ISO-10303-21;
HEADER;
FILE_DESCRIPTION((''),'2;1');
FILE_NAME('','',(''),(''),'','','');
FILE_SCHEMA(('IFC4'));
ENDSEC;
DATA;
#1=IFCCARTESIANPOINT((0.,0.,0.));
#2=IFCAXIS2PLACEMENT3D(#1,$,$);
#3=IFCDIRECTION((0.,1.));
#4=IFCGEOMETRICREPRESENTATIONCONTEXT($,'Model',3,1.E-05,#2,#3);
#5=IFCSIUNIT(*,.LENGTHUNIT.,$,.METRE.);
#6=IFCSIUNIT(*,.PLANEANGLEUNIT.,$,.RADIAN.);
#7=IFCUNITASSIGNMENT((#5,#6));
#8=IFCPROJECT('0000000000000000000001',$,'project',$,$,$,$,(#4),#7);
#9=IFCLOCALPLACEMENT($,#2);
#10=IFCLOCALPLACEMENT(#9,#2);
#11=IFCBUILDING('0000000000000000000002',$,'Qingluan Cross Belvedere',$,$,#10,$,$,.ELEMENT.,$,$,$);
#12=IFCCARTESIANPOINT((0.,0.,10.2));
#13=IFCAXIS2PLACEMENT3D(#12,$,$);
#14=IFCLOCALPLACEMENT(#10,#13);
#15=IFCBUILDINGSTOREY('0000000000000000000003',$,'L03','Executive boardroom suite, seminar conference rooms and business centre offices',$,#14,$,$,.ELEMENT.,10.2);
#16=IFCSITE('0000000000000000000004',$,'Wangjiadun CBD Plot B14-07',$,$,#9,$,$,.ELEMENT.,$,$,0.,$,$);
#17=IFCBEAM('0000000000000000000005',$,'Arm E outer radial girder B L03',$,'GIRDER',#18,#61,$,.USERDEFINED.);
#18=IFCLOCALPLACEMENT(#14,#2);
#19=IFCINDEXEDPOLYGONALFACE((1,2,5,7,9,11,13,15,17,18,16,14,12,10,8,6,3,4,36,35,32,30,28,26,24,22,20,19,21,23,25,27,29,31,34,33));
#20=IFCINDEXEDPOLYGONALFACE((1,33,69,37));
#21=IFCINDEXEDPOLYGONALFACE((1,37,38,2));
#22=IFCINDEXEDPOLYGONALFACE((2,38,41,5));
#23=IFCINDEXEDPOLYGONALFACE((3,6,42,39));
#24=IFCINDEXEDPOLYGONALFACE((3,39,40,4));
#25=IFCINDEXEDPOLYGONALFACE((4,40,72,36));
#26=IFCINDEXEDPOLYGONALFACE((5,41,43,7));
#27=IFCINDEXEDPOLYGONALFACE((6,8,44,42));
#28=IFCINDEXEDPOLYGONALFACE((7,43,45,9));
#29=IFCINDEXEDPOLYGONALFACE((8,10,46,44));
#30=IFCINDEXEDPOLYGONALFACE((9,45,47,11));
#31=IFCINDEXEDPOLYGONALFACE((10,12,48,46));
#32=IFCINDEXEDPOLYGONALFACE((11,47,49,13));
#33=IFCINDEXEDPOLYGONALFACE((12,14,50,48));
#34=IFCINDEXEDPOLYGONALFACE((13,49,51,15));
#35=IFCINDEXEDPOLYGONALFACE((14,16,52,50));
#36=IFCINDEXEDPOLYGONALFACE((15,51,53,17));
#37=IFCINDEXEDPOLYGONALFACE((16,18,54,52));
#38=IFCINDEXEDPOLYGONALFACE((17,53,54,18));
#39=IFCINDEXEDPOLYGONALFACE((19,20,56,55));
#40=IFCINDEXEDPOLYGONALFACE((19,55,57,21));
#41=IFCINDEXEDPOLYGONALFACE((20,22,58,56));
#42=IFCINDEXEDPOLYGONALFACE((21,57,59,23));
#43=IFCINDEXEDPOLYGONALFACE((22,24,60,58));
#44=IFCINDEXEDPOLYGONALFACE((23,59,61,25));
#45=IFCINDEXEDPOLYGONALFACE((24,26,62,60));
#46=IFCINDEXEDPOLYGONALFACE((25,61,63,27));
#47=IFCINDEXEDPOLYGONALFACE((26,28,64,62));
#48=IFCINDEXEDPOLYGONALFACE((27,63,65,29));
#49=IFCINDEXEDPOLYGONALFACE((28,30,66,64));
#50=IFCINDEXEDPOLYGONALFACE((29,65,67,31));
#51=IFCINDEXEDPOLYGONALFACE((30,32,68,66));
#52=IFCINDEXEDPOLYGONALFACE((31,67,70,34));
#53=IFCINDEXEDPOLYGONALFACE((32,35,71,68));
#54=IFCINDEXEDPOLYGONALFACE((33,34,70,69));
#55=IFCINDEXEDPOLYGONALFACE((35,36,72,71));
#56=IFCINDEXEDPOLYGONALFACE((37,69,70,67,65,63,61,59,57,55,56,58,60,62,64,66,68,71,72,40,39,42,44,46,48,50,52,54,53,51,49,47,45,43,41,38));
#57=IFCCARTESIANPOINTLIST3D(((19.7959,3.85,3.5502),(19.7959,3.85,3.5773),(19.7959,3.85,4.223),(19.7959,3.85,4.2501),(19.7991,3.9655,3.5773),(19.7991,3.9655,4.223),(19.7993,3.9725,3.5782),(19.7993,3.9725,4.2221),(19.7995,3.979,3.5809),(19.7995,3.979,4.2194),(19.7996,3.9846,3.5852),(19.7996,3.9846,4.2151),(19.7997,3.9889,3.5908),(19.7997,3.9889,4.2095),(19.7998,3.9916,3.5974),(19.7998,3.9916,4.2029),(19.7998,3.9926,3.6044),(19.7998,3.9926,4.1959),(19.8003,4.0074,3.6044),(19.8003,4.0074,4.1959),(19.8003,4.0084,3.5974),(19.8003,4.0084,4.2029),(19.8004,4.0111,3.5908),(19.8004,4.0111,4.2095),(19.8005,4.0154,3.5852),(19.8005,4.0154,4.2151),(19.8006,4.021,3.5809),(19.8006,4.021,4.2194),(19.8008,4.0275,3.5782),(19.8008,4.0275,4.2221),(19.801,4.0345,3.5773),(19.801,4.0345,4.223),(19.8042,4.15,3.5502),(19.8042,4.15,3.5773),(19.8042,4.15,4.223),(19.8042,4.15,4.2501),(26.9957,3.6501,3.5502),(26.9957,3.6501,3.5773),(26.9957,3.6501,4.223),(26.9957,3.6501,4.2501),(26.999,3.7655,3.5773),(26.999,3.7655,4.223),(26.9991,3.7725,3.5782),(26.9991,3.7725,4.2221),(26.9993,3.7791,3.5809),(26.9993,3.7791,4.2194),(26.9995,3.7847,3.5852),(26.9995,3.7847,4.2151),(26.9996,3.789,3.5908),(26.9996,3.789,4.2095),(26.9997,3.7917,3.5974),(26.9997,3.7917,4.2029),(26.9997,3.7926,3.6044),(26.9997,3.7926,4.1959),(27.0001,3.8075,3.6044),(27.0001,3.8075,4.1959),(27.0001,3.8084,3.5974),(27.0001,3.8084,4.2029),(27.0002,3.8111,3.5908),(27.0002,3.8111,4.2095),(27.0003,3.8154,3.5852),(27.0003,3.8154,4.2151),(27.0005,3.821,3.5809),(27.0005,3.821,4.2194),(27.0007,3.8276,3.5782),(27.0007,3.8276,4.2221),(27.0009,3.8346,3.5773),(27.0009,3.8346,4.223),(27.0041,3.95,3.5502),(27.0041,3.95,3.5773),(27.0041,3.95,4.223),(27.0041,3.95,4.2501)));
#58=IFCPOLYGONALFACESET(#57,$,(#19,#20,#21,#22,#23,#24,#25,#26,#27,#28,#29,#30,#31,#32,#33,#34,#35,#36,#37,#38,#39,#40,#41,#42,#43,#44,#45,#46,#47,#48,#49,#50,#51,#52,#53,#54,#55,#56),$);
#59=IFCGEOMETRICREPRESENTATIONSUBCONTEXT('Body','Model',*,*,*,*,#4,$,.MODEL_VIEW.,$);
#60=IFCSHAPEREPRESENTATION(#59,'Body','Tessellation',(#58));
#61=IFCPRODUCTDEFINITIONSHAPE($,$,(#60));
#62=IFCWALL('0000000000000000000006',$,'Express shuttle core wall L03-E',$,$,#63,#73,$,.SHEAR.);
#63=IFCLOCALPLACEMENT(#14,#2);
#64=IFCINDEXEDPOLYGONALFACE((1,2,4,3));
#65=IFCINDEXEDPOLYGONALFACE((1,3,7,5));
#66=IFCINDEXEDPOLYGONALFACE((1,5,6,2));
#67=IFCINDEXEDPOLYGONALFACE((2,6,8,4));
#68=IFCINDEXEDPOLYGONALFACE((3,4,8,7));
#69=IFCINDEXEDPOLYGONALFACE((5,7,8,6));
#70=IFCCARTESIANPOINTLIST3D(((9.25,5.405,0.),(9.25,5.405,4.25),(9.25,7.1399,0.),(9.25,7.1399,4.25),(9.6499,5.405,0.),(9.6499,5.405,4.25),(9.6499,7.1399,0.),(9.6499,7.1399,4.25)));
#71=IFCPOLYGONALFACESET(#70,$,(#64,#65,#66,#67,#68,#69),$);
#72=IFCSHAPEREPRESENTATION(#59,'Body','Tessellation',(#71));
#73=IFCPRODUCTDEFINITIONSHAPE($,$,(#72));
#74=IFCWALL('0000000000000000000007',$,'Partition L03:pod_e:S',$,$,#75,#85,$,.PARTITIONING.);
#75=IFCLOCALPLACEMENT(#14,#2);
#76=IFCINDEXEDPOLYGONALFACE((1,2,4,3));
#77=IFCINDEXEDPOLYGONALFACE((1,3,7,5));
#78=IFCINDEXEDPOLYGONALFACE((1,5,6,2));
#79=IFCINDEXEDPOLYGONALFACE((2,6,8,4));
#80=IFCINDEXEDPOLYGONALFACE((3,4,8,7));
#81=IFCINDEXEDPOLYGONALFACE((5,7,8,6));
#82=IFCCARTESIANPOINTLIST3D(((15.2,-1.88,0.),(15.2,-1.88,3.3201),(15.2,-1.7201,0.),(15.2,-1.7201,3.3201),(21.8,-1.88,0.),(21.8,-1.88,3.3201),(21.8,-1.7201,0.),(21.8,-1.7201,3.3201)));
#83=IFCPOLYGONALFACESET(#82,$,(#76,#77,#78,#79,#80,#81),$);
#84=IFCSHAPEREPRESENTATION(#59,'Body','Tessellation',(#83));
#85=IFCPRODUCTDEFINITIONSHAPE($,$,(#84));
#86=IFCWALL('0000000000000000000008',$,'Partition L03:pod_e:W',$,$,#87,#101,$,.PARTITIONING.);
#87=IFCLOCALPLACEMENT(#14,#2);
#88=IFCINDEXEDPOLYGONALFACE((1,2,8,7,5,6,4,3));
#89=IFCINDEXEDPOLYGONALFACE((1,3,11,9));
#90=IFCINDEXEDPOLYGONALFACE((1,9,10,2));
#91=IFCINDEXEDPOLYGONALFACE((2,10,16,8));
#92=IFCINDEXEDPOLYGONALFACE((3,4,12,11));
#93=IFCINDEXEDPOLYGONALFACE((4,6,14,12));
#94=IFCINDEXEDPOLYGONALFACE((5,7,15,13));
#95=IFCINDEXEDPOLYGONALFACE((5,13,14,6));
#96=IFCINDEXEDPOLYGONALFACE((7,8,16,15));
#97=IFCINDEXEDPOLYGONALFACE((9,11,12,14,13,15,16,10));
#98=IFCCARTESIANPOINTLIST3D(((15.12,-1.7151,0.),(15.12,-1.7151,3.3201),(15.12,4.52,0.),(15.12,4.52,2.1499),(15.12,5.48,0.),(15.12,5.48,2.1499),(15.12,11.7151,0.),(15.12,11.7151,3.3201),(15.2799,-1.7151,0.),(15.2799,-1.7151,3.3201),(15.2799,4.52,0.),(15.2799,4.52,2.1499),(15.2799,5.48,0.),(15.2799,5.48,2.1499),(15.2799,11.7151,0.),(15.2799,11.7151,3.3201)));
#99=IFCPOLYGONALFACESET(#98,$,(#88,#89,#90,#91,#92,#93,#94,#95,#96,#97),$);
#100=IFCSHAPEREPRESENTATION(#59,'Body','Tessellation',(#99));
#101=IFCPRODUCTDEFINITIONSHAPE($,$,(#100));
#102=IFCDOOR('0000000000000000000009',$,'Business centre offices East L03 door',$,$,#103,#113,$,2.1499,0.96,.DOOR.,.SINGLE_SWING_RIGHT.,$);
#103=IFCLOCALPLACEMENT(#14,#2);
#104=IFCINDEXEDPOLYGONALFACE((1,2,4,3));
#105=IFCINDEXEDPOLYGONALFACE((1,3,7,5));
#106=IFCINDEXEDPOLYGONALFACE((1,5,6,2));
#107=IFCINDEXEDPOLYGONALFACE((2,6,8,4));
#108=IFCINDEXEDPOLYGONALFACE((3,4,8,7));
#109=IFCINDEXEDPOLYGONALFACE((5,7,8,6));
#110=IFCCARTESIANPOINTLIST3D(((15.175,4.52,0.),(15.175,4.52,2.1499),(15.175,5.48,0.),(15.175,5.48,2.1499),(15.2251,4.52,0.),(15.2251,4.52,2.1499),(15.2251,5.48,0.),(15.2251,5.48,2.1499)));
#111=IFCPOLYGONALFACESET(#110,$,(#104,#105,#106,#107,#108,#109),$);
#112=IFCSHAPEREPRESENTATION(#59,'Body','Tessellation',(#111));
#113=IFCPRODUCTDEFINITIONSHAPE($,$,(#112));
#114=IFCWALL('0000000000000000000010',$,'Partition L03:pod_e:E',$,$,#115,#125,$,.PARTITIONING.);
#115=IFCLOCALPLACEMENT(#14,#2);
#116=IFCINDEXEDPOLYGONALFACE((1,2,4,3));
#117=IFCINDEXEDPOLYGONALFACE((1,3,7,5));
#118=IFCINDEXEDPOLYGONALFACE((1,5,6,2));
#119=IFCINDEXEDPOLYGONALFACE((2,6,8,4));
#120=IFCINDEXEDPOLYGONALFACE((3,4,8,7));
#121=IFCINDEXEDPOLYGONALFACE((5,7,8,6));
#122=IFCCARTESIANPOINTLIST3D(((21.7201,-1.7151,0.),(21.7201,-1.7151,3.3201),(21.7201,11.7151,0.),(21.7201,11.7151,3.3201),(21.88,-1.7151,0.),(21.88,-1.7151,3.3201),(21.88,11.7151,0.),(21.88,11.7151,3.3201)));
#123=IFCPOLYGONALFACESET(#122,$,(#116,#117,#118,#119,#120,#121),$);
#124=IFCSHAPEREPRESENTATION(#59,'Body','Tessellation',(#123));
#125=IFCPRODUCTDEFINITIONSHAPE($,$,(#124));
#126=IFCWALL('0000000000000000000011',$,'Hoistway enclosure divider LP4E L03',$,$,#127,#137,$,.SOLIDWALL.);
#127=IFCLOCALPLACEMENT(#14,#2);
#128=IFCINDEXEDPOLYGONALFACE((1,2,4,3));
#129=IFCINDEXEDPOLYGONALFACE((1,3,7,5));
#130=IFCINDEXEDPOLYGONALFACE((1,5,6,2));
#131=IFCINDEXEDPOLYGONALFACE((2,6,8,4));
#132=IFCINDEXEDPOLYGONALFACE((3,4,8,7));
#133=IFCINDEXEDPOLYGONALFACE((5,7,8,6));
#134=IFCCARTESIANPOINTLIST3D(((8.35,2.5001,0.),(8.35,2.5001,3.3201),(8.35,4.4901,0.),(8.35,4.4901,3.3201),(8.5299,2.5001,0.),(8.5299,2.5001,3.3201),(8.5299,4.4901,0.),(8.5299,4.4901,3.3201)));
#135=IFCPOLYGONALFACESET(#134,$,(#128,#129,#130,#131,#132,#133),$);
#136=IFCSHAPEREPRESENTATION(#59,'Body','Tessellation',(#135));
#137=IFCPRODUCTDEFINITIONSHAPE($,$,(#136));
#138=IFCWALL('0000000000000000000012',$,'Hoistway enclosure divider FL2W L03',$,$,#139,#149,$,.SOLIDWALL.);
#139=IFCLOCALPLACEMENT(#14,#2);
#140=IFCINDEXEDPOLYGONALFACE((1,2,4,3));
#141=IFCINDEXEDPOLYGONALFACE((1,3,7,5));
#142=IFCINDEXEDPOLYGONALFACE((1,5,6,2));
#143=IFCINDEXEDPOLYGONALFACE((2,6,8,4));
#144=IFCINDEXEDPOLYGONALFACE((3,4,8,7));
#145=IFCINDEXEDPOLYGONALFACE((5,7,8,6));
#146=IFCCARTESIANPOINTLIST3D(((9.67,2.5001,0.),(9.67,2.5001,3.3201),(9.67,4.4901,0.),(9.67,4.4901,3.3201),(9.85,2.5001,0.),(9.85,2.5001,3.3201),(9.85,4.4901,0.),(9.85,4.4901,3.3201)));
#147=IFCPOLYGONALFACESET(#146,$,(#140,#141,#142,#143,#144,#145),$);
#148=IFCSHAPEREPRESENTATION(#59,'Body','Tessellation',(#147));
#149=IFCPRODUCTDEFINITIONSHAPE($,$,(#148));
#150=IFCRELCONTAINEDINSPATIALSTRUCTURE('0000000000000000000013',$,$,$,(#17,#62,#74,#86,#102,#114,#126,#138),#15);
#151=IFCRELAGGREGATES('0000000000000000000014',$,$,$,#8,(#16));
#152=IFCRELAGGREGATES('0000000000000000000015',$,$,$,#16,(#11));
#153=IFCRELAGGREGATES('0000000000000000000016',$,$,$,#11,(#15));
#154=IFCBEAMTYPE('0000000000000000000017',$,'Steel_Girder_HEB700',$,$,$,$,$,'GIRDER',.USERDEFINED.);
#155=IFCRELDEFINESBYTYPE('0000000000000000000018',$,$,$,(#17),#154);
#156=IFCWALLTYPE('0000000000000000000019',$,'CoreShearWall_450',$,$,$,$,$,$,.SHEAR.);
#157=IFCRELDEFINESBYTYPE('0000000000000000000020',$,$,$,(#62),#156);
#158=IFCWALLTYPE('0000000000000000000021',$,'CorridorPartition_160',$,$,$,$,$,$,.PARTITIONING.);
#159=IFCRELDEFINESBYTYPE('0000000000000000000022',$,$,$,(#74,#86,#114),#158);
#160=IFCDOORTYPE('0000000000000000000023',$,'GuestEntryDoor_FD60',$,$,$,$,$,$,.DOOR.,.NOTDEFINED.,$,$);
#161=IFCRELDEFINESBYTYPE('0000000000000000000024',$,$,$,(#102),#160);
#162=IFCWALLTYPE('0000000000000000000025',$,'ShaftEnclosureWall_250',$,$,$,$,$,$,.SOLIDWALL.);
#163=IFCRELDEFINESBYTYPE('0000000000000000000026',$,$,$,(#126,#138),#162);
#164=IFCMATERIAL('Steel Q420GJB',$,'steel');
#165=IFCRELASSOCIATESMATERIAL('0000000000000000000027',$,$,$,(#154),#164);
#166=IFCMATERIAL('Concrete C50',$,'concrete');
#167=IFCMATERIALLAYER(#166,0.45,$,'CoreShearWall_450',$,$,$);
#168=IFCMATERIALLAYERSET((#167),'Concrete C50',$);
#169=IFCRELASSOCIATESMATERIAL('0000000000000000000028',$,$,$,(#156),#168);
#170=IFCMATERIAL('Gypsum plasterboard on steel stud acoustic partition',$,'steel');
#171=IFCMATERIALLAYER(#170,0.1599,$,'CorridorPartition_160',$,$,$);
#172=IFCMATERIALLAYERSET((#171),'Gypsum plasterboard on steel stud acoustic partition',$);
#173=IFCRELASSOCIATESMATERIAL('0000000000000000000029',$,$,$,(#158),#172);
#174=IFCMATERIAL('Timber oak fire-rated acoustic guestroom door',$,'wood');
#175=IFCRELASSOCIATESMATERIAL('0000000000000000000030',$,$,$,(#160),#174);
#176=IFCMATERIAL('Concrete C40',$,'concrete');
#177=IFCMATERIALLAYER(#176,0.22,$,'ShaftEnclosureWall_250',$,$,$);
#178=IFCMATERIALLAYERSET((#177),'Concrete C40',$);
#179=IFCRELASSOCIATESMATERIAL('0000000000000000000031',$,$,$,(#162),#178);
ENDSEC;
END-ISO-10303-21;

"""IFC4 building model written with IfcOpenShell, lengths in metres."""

from ifc_helpers import new_model, si_unit, direction, frame, frame_2d, origin, origin_2d, place, context, subcontext, project, spatial, rectangle, i_section, extrude, material, layer, layer_set, material_profile, profile_set, type_object, element, fill, save


model = new_model("IFC4")

# Units and contexts
model_context = context("Model", 3, precision=1e-05, world=origin(), true_north=direction((0.0, 1.0)))
body_context = subcontext(model_context, "Body", "Model", "MODEL_VIEW")
ifc_project = project(units=[si_unit("LENGTHUNIT", "METRE"), si_unit("PLANEANGLEUNIT", "RADIAN")], contexts=[model_context])

# Site, building, storey
site_placement = place(None, origin())
site = spatial("IfcSite", under=ifc_project, at=site_placement, Name="Wangjiadun CBD Plot B14-07", CompositionType="ELEMENT", RefElevation=0.0)
building_placement = place(site_placement, origin())
building = spatial("IfcBuilding", under=site, at=building_placement, Name="Qingluan Cross Belvedere", CompositionType="ELEMENT")
storey_placement = place(building_placement, frame((0.0, 0.0, 10.2)))
storey = spatial("IfcBuildingStorey", under=building, at=storey_placement, Name="L03", Description="Executive boardroom suite, seminar conference rooms and business centre offices", CompositionType="ELEMENT", Elevation=10.2)

# Beam
ifc_material_1 = material(Name="Steel Q420GJB", Category="steel")
ifc_material_profile_1 = material_profile(ifc_material_1, i_section(OverallWidth=0.3, OverallDepth=0.7, WebThickness=0.0149, FlangeThickness=0.0271, FilletRadius=0.0271, at=origin_2d()), Name="HEB700")
ifc_profile_set_1 = profile_set([ifc_material_profile_1], Name="Steel Q420GJB")
beam_type = type_object("IfcBeamType", Name="Steel_Girder_HEB700", ElementType="GIRDER", PredefinedType="USERDEFINED", material=ifc_profile_set_1)
beam_1_placement = place(storey_placement, frame((19.8, 4.0, 3.9001), z_axis=(0.999615, -0.02776, 0.0), x_axis=(0.02776, 0.999615, 0.0)))
element("IfcBeam", 1, at=beam_1_placement, inside=storey, type_object=beam_type, Name="Arm E outer radial girder B L03", ObjectType="GIRDER", PredefinedType="USERDEFINED", context=body_context, shape_type="SweptSolid", body=[
    extrude(i_section(OverallWidth=0.3, OverallDepth=0.7, WebThickness=0.0149, FlangeThickness=0.0271, FilletRadius=0.0271, at=origin_2d()), origin(), (0.0, 0.0, 1.0), 7.2026),
])

# Walls
ifc_material_2 = material(Name="Concrete C50", Category="concrete")
ifc_layer_1 = layer(ifc_material_2, 0.45, Name="CoreShearWall_450")
ifc_layer_set_1 = layer_set([ifc_layer_1], Name="Concrete C50")
wall_type_1 = type_object("IfcWallType", Name="CoreShearWall_450", PredefinedType="SHEAR", material=ifc_layer_set_1)
wall_1_placement = place(storey_placement, frame((9.45, 5.405, 0.0), z_axis=(0.0, 0.0, 1.0), x_axis=(0.0, 1.0, 0.0)))
element("IfcWall", 2, at=wall_1_placement, inside=storey, type_object=wall_type_1, Name="Express shuttle core wall L03-E", PredefinedType="SHEAR", context=body_context, shape_type="SweptSolid", body=[
    extrude(rectangle(XDim=1.7349, YDim=0.3999, at=frame_2d((0.8674, 0.0))), origin(), (0.0, 0.0, 1.0), 4.25),
])
ifc_material_3 = material(Name="Gypsum plasterboard on steel stud acoustic partition", Category="steel")
ifc_layer_2 = layer(ifc_material_3, 0.1599, Name="CorridorPartition_160")
ifc_layer_set_2 = layer_set([ifc_layer_2], Name="Gypsum plasterboard on steel stud acoustic partition")
wall_type_2 = type_object("IfcWallType", Name="CorridorPartition_160", PredefinedType="PARTITIONING", material=ifc_layer_set_2)
wall_2_placement = place(storey_placement, frame((15.2, -1.8, 0.0), z_axis=(0.0, 0.0, 1.0), x_axis=(1.0, 0.0, 0.0)))
element("IfcWall", 3, at=wall_2_placement, inside=storey, type_object=wall_type_2, Name="Partition L03:pod_e:S", PredefinedType="PARTITIONING", context=body_context, shape_type="SweptSolid", body=[
    extrude(rectangle(XDim=6.6001, YDim=0.1599, at=frame_2d((3.3, 0.0))), origin(), (0.0, 0.0, 1.0), 3.3201),
])

# Wall, opening, door
wall_3_placement = place(storey_placement, frame((15.2, -1.7151, 0.0), z_axis=(0.0, 0.0, 1.0), x_axis=(0.0, 1.0, 0.0)))
wall_3 = element("IfcWall", 4, at=wall_3_placement, inside=storey, type_object=wall_type_2, Name="Partition L03:pod_e:W", PredefinedType="PARTITIONING", context=body_context, shape_type="SweptSolid", body=[
    extrude(rectangle(XDim=13.4302, YDim=0.1599, at=frame_2d((6.7151, 0.0))), origin(), (0.0, 0.0, 1.0), 3.3201),
])
opening_placement = place(wall_3_placement, frame((6.2351, 0.0, 0.0)))
opening = element("IfcOpeningElement", 5, at=opening_placement, cuts=wall_3, PredefinedType="OPENING", context=body_context, shape_type="SweptSolid", body=[
    extrude(rectangle(XDim=0.96, YDim=2.1499, at=frame_2d((0.48, 1.075))), frame((0.0, 0.0898, 0.0), z_axis=(0.0, -1.0, 0.0), x_axis=(1.0, 0.0, 0.0)), (0.0, 0.0, 1.0), 0.1799),
])
ifc_material_4 = material(Name="Timber oak fire-rated acoustic guestroom door", Category="wood")
door_type = type_object("IfcDoorType", Name="GuestEntryDoor_FD60", OperationType="NOTDEFINED", PredefinedType="DOOR", material=ifc_material_4)
door_placement = place(opening_placement, origin())
door = element("IfcDoor", 6, at=door_placement, inside=storey, type_object=door_type, Name="Business centre offices East L03 door", OperationType="SINGLE_SWING_RIGHT", OverallHeight=2.1499, OverallWidth=0.96, PredefinedType="DOOR", context=body_context, shape_type="SweptSolid", body=[
    extrude(rectangle(XDim=0.96, YDim=2.1499, at=frame_2d((0.48, 1.075))), frame((0.0, 0.0249, 0.0), z_axis=(0.0, -1.0, 0.0), x_axis=(1.0, 0.0, 0.0)), (0.0, 0.0, 1.0), 0.05),
])
fill(opening, door)

# Walls
wall_4_placement = place(storey_placement, frame((21.8, -1.7151, 0.0), z_axis=(0.0, 0.0, 1.0), x_axis=(0.0, 1.0, 0.0)))
element("IfcWall", 7, at=wall_4_placement, inside=storey, type_object=wall_type_2, Name="Partition L03:pod_e:E", PredefinedType="PARTITIONING", context=body_context, shape_type="SweptSolid", body=[
    extrude(rectangle(XDim=13.4302, YDim=0.1599, at=frame_2d((6.7151, 0.0))), origin(), (0.0, 0.0, 1.0), 3.3201),
])
ifc_material_5 = material(Name="Concrete C40", Category="concrete")
ifc_layer_3 = layer(ifc_material_5, 0.22, Name="ShaftEnclosureWall_250")
ifc_layer_set_3 = layer_set([ifc_layer_3], Name="Concrete C40")
wall_type_3 = type_object("IfcWallType", Name="ShaftEnclosureWall_250", PredefinedType="SOLIDWALL", material=ifc_layer_set_3)
for number, where, z_axis, x_axis, name in (
    (8, (8.4399, 2.5, 0.0), (0.0, 0.0, 1.0), (0.0, 1.0, 0.0), "Hoistway enclosure divider LP4E L03"),
    (9, (9.76, 2.5, 0.0), (0.0, 0.0, 1.0), (0.0, 1.0, 0.0), "Hoistway enclosure divider FL2W L03"),
):
    element("IfcWall", number, at=place(storey_placement, frame(where, z_axis=z_axis, x_axis=x_axis)), inside=storey, type_object=wall_type_3, Name=name, PredefinedType="SOLIDWALL", context=body_context, shape_type="SweptSolid", body=[
        extrude(rectangle(XDim=1.99, YDim=0.1799, at=frame_2d((0.9951, 0.0))), origin(), (0.0, 0.0, 1.0), 3.3201),
    ])

save(model, "model.ifc")
